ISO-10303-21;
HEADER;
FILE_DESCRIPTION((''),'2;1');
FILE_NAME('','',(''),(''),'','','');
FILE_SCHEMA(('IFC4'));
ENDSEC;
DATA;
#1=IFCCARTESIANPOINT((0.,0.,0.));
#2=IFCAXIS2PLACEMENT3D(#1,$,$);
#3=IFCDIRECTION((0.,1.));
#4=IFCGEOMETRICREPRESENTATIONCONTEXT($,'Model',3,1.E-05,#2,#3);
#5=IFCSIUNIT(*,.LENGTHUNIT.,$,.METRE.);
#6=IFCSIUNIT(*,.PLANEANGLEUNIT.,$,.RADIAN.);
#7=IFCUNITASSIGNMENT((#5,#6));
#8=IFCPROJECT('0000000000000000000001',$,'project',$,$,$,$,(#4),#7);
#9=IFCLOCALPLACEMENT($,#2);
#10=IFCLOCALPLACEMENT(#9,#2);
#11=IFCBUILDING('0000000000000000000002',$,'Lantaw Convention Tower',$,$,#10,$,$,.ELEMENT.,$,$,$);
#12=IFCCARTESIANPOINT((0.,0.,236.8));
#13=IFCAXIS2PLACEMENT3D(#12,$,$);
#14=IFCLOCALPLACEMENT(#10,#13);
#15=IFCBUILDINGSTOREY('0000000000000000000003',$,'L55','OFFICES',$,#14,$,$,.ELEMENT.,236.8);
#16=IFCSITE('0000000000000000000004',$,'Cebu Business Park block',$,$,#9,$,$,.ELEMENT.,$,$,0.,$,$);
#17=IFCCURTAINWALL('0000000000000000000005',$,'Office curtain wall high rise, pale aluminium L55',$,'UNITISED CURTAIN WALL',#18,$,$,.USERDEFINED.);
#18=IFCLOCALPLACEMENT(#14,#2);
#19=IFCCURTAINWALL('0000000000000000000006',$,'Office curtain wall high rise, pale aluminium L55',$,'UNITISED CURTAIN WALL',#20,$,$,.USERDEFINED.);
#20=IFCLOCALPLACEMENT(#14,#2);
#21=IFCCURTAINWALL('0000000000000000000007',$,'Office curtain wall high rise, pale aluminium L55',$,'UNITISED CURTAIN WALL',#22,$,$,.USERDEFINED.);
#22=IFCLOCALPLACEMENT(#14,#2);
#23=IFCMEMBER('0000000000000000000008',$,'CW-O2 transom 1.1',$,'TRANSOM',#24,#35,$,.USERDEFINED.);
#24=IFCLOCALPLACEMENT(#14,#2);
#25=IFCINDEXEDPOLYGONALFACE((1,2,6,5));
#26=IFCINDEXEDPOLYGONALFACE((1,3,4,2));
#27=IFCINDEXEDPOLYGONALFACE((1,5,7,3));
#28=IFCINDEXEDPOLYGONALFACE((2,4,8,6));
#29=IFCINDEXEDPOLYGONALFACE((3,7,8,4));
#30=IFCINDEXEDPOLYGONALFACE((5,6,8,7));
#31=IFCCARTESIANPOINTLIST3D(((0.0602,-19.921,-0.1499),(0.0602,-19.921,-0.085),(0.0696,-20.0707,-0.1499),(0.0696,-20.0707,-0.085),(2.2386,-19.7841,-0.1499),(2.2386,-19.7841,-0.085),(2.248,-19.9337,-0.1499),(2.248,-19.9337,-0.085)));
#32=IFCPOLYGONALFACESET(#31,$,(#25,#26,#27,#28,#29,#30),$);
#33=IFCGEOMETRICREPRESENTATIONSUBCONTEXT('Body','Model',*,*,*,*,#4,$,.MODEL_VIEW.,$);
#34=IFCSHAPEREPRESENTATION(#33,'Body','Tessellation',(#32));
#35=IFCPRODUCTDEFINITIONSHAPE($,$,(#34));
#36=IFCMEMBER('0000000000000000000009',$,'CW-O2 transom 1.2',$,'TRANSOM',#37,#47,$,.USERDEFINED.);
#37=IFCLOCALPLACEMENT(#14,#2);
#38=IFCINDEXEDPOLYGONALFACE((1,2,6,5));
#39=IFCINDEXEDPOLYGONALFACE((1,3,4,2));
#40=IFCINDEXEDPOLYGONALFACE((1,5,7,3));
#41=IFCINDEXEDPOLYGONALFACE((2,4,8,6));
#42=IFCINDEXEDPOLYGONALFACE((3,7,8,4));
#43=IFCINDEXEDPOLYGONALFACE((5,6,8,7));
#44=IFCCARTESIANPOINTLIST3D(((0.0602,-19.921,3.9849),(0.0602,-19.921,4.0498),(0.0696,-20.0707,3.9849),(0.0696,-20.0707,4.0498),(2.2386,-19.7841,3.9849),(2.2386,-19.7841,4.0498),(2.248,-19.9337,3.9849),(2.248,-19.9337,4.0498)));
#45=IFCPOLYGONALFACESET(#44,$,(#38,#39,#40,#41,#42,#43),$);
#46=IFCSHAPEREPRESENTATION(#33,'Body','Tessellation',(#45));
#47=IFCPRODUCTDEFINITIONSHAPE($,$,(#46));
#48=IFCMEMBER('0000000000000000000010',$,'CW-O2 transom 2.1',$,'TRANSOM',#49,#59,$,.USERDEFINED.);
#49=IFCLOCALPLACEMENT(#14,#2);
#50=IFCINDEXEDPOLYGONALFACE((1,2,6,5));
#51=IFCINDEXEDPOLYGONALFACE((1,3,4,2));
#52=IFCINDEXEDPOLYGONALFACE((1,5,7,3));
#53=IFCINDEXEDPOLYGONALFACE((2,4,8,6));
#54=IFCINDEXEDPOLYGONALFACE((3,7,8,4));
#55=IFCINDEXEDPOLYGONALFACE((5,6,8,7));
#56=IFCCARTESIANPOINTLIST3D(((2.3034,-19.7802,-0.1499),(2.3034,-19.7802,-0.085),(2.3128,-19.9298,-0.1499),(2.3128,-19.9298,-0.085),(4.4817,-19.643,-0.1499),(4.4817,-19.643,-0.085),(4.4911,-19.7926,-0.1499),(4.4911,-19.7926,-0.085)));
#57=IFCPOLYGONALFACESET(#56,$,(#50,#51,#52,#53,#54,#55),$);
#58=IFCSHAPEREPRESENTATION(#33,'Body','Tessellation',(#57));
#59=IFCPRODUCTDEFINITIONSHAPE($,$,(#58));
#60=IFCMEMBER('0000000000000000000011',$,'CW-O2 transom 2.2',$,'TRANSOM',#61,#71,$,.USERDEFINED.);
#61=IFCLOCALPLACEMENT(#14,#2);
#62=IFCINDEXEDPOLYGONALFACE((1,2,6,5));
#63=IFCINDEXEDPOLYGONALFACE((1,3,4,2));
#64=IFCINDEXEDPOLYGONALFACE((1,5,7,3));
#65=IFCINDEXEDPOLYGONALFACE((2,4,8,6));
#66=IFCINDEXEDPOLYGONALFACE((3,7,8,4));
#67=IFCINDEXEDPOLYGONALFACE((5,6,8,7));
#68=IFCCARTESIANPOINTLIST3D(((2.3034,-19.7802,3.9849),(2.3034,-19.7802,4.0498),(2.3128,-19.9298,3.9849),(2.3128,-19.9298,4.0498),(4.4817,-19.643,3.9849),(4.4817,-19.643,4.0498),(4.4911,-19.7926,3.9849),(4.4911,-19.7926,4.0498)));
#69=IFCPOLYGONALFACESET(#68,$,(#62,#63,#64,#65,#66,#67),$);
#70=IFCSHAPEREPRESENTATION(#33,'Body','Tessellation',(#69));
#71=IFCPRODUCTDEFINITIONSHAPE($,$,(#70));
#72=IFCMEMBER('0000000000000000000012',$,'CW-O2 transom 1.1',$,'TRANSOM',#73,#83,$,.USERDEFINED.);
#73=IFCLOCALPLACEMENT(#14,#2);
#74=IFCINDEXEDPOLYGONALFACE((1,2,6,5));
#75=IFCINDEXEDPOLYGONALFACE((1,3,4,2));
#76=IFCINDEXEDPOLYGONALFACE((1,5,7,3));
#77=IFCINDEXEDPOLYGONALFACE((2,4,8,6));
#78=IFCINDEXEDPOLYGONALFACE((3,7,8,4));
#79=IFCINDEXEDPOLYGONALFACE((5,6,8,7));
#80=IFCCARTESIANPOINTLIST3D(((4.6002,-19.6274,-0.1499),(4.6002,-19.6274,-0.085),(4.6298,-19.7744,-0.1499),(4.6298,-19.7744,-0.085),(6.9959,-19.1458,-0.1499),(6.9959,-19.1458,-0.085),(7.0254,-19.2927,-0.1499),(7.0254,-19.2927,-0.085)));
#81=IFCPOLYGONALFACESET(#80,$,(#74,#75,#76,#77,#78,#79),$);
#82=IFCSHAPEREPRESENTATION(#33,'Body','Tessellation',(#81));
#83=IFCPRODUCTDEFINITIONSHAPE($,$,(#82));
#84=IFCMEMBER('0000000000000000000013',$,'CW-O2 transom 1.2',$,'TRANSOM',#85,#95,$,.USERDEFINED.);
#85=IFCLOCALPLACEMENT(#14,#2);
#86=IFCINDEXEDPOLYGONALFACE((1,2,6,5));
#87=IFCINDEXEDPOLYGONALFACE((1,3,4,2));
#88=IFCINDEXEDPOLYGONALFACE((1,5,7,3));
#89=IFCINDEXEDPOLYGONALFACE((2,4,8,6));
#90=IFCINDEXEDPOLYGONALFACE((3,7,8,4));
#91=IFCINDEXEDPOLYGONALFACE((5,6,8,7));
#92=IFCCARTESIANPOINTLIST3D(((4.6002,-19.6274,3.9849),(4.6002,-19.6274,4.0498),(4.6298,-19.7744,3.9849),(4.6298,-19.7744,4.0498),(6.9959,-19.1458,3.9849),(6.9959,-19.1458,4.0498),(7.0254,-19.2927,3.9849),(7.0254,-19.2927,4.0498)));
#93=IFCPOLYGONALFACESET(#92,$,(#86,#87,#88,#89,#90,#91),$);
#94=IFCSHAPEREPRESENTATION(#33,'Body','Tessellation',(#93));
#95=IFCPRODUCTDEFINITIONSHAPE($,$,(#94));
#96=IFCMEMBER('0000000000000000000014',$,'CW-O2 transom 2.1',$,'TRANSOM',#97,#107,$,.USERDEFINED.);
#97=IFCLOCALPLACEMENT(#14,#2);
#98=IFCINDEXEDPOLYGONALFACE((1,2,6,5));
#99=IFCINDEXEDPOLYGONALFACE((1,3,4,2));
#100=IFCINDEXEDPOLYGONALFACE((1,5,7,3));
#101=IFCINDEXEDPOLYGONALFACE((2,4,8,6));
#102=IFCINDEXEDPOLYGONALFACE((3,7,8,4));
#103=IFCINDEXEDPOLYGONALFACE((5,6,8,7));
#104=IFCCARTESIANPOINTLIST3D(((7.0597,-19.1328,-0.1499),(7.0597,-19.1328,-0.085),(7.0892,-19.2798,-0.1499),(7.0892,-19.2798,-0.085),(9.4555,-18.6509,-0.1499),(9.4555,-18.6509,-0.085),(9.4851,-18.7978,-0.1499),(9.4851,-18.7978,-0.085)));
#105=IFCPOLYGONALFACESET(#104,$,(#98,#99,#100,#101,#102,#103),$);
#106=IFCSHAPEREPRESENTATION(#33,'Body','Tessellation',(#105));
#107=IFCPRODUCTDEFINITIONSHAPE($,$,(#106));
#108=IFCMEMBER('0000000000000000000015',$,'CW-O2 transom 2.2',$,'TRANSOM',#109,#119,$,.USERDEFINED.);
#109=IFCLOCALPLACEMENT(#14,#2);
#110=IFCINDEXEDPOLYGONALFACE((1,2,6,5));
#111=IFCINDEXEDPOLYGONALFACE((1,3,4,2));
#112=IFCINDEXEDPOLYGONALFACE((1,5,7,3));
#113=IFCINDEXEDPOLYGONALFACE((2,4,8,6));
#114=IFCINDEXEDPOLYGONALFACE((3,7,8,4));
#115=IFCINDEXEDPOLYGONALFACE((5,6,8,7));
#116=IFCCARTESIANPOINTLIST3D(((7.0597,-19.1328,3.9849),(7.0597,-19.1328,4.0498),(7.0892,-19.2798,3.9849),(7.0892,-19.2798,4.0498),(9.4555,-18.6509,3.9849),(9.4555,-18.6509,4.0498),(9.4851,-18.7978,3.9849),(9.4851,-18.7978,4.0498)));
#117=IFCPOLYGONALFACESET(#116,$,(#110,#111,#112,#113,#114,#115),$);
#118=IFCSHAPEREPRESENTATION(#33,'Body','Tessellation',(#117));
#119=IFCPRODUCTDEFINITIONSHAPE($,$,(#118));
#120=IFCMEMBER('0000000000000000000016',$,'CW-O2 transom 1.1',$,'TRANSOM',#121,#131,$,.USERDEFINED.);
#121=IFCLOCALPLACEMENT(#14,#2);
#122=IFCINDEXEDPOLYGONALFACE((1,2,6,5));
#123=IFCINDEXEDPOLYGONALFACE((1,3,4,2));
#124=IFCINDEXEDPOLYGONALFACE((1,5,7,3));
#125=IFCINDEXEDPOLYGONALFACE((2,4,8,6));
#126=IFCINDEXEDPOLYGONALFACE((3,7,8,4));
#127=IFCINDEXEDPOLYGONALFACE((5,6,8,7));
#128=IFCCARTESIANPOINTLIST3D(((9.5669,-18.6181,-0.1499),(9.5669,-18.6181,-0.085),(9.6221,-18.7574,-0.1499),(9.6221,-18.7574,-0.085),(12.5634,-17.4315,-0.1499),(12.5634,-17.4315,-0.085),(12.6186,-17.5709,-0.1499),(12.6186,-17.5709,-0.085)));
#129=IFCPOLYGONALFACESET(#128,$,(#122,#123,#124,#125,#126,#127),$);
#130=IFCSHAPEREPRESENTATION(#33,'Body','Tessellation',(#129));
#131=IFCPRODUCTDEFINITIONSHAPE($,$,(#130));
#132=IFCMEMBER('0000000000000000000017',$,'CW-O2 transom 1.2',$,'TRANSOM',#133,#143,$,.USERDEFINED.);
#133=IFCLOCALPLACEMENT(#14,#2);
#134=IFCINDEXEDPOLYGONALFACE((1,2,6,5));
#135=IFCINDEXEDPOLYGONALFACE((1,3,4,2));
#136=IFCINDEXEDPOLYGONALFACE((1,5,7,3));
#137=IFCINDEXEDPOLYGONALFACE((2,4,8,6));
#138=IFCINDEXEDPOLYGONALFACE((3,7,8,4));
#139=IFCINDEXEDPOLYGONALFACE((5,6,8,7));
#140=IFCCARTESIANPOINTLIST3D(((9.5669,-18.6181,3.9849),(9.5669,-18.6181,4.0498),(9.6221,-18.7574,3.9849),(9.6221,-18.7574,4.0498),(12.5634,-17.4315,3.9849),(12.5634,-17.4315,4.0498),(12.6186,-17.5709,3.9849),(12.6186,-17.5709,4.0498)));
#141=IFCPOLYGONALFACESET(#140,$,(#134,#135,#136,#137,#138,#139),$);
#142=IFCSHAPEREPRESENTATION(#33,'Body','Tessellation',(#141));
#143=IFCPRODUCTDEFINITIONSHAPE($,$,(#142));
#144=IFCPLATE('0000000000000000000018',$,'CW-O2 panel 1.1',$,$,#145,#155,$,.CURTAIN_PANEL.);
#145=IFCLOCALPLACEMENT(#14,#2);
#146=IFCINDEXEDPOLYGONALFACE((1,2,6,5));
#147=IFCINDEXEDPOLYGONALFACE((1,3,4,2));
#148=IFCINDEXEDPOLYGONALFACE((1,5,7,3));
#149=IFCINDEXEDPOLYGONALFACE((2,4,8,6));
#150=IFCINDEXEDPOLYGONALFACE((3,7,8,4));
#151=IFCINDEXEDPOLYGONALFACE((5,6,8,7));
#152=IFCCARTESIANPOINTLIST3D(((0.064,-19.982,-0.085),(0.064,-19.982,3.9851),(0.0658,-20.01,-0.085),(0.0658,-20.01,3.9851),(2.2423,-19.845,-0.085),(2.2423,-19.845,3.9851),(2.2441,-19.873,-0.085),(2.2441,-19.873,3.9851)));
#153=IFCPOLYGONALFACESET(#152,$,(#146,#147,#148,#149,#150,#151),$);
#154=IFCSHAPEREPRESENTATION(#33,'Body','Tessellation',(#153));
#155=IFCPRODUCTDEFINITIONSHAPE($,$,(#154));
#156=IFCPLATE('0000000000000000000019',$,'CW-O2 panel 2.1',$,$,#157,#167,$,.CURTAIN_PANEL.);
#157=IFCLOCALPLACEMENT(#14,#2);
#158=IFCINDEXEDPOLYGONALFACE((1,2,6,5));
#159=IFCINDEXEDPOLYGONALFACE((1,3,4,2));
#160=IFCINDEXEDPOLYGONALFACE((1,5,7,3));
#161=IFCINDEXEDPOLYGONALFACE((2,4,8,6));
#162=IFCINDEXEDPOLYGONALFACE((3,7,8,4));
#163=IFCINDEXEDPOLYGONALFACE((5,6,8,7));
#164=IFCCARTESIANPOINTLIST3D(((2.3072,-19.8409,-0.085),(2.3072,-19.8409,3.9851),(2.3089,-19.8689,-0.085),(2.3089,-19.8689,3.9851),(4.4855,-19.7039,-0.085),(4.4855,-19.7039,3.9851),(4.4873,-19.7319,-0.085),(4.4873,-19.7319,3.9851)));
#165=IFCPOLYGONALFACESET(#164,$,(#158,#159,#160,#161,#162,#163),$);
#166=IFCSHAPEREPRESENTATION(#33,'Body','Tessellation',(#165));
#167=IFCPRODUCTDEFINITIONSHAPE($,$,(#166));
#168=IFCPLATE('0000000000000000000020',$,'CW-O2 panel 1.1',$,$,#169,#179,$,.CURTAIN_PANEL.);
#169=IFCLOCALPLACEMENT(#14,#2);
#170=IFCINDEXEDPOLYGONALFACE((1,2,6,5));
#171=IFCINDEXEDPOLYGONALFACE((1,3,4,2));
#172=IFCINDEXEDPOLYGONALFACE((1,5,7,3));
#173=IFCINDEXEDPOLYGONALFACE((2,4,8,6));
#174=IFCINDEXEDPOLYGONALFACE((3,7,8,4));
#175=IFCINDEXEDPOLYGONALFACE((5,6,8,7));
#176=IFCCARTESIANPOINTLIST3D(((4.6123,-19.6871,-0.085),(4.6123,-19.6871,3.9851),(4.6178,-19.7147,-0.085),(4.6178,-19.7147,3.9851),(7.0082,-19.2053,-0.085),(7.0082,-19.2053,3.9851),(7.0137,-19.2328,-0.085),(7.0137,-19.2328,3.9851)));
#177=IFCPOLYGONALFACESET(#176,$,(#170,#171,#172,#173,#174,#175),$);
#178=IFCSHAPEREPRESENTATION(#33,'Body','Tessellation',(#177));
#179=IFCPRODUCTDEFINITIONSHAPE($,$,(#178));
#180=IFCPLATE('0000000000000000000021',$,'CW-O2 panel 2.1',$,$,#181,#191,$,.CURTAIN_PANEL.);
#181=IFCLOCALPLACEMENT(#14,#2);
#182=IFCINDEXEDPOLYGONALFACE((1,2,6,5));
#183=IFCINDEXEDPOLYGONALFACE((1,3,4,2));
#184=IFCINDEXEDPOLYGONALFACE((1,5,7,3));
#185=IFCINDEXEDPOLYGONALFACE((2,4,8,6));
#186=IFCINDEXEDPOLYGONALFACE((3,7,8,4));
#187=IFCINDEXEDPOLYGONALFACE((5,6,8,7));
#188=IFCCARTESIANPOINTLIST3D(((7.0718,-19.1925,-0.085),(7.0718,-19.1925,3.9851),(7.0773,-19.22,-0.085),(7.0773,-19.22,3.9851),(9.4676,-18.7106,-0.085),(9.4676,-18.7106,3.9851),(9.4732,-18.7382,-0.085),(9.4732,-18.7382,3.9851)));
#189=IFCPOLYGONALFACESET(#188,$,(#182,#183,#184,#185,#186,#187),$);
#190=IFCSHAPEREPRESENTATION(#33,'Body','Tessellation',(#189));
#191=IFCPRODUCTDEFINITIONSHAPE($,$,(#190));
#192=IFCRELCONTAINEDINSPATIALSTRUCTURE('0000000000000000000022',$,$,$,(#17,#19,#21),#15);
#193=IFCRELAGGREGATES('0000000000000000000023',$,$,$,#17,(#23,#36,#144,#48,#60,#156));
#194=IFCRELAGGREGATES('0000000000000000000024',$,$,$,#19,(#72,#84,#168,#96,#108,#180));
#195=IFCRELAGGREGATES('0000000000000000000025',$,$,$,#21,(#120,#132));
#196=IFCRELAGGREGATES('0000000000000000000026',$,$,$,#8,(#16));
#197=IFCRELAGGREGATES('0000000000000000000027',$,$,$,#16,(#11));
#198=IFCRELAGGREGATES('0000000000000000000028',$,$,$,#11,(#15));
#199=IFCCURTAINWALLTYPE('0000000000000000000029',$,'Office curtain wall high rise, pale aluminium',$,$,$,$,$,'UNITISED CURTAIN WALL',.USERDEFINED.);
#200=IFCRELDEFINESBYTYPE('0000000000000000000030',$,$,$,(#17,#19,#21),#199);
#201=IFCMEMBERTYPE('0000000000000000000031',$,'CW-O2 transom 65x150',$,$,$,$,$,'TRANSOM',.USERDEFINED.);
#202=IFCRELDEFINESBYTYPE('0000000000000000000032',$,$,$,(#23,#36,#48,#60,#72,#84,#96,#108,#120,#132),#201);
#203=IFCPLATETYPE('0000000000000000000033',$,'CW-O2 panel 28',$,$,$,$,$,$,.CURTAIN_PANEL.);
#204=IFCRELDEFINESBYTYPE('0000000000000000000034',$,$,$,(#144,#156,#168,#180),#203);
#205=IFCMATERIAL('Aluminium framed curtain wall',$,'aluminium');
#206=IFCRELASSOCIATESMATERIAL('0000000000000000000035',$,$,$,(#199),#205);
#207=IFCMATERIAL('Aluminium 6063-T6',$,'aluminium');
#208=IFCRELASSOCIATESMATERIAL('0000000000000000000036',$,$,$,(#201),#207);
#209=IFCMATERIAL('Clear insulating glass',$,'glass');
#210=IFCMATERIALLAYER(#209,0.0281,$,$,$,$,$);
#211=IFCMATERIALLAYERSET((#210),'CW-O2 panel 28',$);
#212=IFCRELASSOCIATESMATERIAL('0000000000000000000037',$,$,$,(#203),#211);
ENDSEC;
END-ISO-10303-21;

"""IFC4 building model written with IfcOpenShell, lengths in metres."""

from ifc_helpers import new_model, si_unit, direction, frame, origin, origin_2d, place, context, subcontext, project, spatial, rectangle, extrude, material, layer, layer_set, material_profile, profile_set, type_object, element, aggregate, save


model = new_model("IFC4")

# Units and contexts
model_context = context("Model", 3, precision=1e-05, world=origin(), true_north=direction((0.0, 1.0)))
body_context = subcontext(model_context, "Body", "Model", "MODEL_VIEW")
ifc_project = project(units=[si_unit("LENGTHUNIT", "METRE"), si_unit("PLANEANGLEUNIT", "RADIAN")], contexts=[model_context])

# Site, building, storey
site_placement = place(None, origin())
site = spatial("IfcSite", under=ifc_project, at=site_placement, Name="Cebu Business Park block", CompositionType="ELEMENT", RefElevation=0.0)
building_placement = place(site_placement, origin())
building = spatial("IfcBuilding", under=site, at=building_placement, Name="Lantaw Convention Tower", CompositionType="ELEMENT")
storey_placement = place(building_placement, frame((0.0, 0.0, 236.8)))
storey = spatial("IfcBuildingStorey", under=building, at=storey_placement, Name="L55", Description="OFFICES", CompositionType="ELEMENT", Elevation=236.8)

# Curtain walls
ifc_material_1 = material(Name="Aluminium framed curtain wall", Category="aluminium")
curtain_wall_type = type_object("IfcCurtainWallType", Name="Office curtain wall high rise, pale aluminium", ElementType="UNITISED CURTAIN WALL", PredefinedType="USERDEFINED", material=ifc_material_1)
curtain_wall_1_placement = place(storey_placement, origin())
curtain_wall_1 = element("IfcCurtainWall", 1, at=curtain_wall_1_placement, inside=storey, type_object=curtain_wall_type, Name="Office curtain wall high rise, pale aluminium L55", ObjectType="UNITISED CURTAIN WALL", PredefinedType="USERDEFINED")
ifc_material_2 = material(Name="Aluminium 6063-T6", Category="aluminium")
curtain_wall_2_placement = place(storey_placement, origin())
curtain_wall_2 = element("IfcCurtainWall", 2, at=curtain_wall_2_placement, inside=storey, type_object=curtain_wall_type, Name="Office curtain wall high rise, pale aluminium L55", ObjectType="UNITISED CURTAIN WALL", PredefinedType="USERDEFINED")

# Curtain wall
curtain_wall_3_placement = place(storey_placement, origin())
curtain_wall_3 = element("IfcCurtainWall", 3, at=curtain_wall_3_placement, inside=storey, type_object=curtain_wall_type, Name="Office curtain wall high rise, pale aluminium L55", ObjectType="UNITISED CURTAIN WALL", PredefinedType="USERDEFINED")

# Members
ifc_material_profile_1 = material_profile(ifc_material_2, rectangle(XDim=0.1499, YDim=0.0649, at=origin_2d()), Name="CW-O2 transom 65x150")
ifc_profile_set_1 = profile_set([ifc_material_profile_1], Name="Aluminium 6063-T6")
member_type_1 = type_object("IfcMemberType", Name="CW-O2 transom 65x150", ElementType="TRANSOM", PredefinedType="USERDEFINED", material=ifc_profile_set_1)
member_1_placement = place(storey_placement, frame((0.0649, -19.9958, -0.1174), z_axis=(0.998029, 0.062754, 0.0), x_axis=(-0.062754, 0.998029, 0.0)))
member_1 = element("IfcMember", 4, at=member_1_placement, type_object=member_type_1, Name="CW-O2 transom 1.1", ObjectType="TRANSOM", PredefinedType="USERDEFINED", context=body_context, shape_type="SweptSolid", body=[
    extrude(rectangle(XDim=0.1499, YDim=0.0649, at=origin_2d()), origin(), (0.0, 0.0, 1.0), 2.1826),
])
member_2_placement = place(storey_placement, frame((0.0649, -19.9958, 4.0173), z_axis=(0.998029, 0.062754, 0.0), x_axis=(-0.062754, 0.998029, 0.0)))
member_2 = element("IfcMember", 5, at=member_2_placement, type_object=member_type_1, Name="CW-O2 transom 1.2", ObjectType="TRANSOM", PredefinedType="USERDEFINED", context=body_context, shape_type="SweptSolid", body=[
    extrude(rectangle(XDim=0.1499, YDim=0.0649, at=origin_2d()), origin(), (0.0, 0.0, 1.0), 2.1826),
])
member_3_placement = place(storey_placement, frame((2.3081, -19.855, -0.1174), z_axis=(0.998022, 0.062866, 0.0), x_axis=(-0.062866, 0.998022, 0.0)))
member_3 = element("IfcMember", 6, at=member_3_placement, type_object=member_type_1, Name="CW-O2 transom 2.1", ObjectType="TRANSOM", PredefinedType="USERDEFINED", context=body_context, shape_type="SweptSolid", body=[
    extrude(rectangle(XDim=0.1499, YDim=0.0649, at=origin_2d()), origin(), (0.0, 0.0, 1.0), 2.1826),
])
member_4_placement = place(storey_placement, frame((2.3081, -19.855, 4.0173), z_axis=(0.998022, 0.062866, 0.0), x_axis=(-0.062866, 0.998022, 0.0)))
member_4 = element("IfcMember", 7, at=member_4_placement, type_object=member_type_1, Name="CW-O2 transom 2.2", ObjectType="TRANSOM", PredefinedType="USERDEFINED", context=body_context, shape_type="SweptSolid", body=[
    extrude(rectangle(XDim=0.1499, YDim=0.0649, at=origin_2d()), origin(), (0.0, 0.0, 1.0), 2.1826),
])
member_5_placement = place(storey_placement, frame((4.615, -19.7009, -0.1174), z_axis=(0.98038, 0.197115, 0.0), x_axis=(-0.197115, 0.98038, 0.0)))
member_5 = element("IfcMember", 8, at=member_5_placement, type_object=member_type_1, Name="CW-O2 transom 1.1", ObjectType="TRANSOM", PredefinedType="USERDEFINED", context=body_context, shape_type="SweptSolid", body=[
    extrude(rectangle(XDim=0.1499, YDim=0.0649, at=origin_2d()), origin(), (0.0, 0.0, 1.0), 2.4436),
])
member_6_placement = place(storey_placement, frame((4.615, -19.7009, 4.0173), z_axis=(0.98038, 0.197115, 0.0), x_axis=(-0.197115, 0.98038, 0.0)))
member_6 = element("IfcMember", 9, at=member_6_placement, type_object=member_type_1, Name="CW-O2 transom 1.2", ObjectType="TRANSOM", PredefinedType="USERDEFINED", context=body_context, shape_type="SweptSolid", body=[
    extrude(rectangle(XDim=0.1499, YDim=0.0649, at=origin_2d()), origin(), (0.0, 0.0, 1.0), 2.4436),
])
member_7_placement = place(storey_placement, frame((7.0745, -19.2063, -0.1174), z_axis=(0.980361, 0.197211, 0.0), x_axis=(-0.197211, 0.980361, 0.0)))
member_7 = element("IfcMember", 10, at=member_7_placement, type_object=member_type_1, Name="CW-O2 transom 2.1", ObjectType="TRANSOM", PredefinedType="USERDEFINED", context=body_context, shape_type="SweptSolid", body=[
    extrude(rectangle(XDim=0.1499, YDim=0.0649, at=origin_2d()), origin(), (0.0, 0.0, 1.0), 2.4438),
])
member_8_placement = place(storey_placement, frame((7.0745, -19.2063, 4.0173), z_axis=(0.980361, 0.197211, 0.0), x_axis=(-0.197211, 0.980361, 0.0)))
member_8 = element("IfcMember", 11, at=member_8_placement, type_object=member_type_1, Name="CW-O2 transom 2.2", ObjectType="TRANSOM", PredefinedType="USERDEFINED", context=body_context, shape_type="SweptSolid", body=[
    extrude(rectangle(XDim=0.1499, YDim=0.0649, at=origin_2d()), origin(), (0.0, 0.0, 1.0), 2.4438),
])
member_9_placement = place(storey_placement, frame((9.5945, -18.6877, -0.1174), z_axis=(0.929767, 0.368149, 0.0), x_axis=(-0.368149, 0.929767, 0.0)))
member_9 = element("IfcMember", 12, at=member_9_placement, type_object=member_type_1, Name="CW-O2 transom 1.1", ObjectType="TRANSOM", PredefinedType="USERDEFINED", context=body_context, shape_type="SweptSolid", body=[
    extrude(rectangle(XDim=0.1499, YDim=0.0649, at=origin_2d()), origin(), (0.0, 0.0, 1.0), 3.2229),
])
member_10_placement = place(storey_placement, frame((9.5945, -18.6877, 4.0173), z_axis=(0.929767, 0.368149, 0.0), x_axis=(-0.368149, 0.929767, 0.0)))
member_10 = element("IfcMember", 13, at=member_10_placement, type_object=member_type_1, Name="CW-O2 transom 1.2", ObjectType="TRANSOM", PredefinedType="USERDEFINED", context=body_context, shape_type="SweptSolid", body=[
    extrude(rectangle(XDim=0.1499, YDim=0.0649, at=origin_2d()), origin(), (0.0, 0.0, 1.0), 3.2229),
])

# Plates
ifc_material_3 = material(Name="Clear insulating glass", Category="glass")
ifc_layer_1 = layer(ifc_material_3, 0.0281)
ifc_layer_set_1 = layer_set([ifc_layer_1], Name="CW-O2 panel 28")
plate_type_1 = type_object("IfcPlateType", Name="CW-O2 panel 28", PredefinedType="CURTAIN_PANEL", material=ifc_layer_set_1)
plate_1_placement = place(storey_placement, frame((1.1541, -19.9275, -0.085), z_axis=(0.0, 0.0, 1.0), x_axis=(0.998029, 0.062758, 0.0)))
plate_1 = element("IfcPlate", 14, at=plate_1_placement, type_object=plate_type_1, Name="CW-O2 panel 1.1", PredefinedType="CURTAIN_PANEL", context=body_context, shape_type="SweptSolid", body=[
    extrude(rectangle(XDim=2.1826, YDim=0.0281, at=origin_2d()), origin(), (0.0, 0.0, 1.0), 4.0701),
])
plate_2_placement = place(storey_placement, frame((3.3972, -19.7864, -0.085), z_axis=(0.0, 0.0, 1.0), x_axis=(0.998029, 0.062758, 0.0)))
plate_2 = element("IfcPlate", 15, at=plate_2_placement, type_object=plate_type_1, Name="CW-O2 panel 2.1", PredefinedType="CURTAIN_PANEL", context=body_context, shape_type="SweptSolid", body=[
    extrude(rectangle(XDim=2.1826, YDim=0.0281, at=origin_2d()), origin(), (0.0, 0.0, 1.0), 4.0701),
])
aggregate(curtain_wall_1, [member_1, member_2, plate_1, member_3, member_4, plate_2])
plate_3_placement = place(storey_placement, frame((5.813, -19.46, -0.085), z_axis=(0.0, 0.0, 1.0), x_axis=(0.980367, 0.197183, 0.0)))
plate_3 = element("IfcPlate", 16, at=plate_3_placement, type_object=plate_type_1, Name="CW-O2 panel 1.1", PredefinedType="CURTAIN_PANEL", context=body_context, shape_type="SweptSolid", body=[
    extrude(rectangle(XDim=2.4438, YDim=0.0281, at=origin_2d()), origin(), (0.0, 0.0, 1.0), 4.0701),
])
plate_4_placement = place(storey_placement, frame((8.2725, -18.9653, -0.085), z_axis=(0.0, 0.0, 1.0), x_axis=(0.980367, 0.197183, 0.0)))
plate_4 = element("IfcPlate", 17, at=plate_4_placement, type_object=plate_type_1, Name="CW-O2 panel 2.1", PredefinedType="CURTAIN_PANEL", context=body_context, shape_type="SweptSolid", body=[
    extrude(rectangle(XDim=2.4438, YDim=0.0281, at=origin_2d()), origin(), (0.0, 0.0, 1.0), 4.0701),
])
aggregate(curtain_wall_2, [member_5, member_6, plate_3, member_7, member_8, plate_4])
aggregate(curtain_wall_3, [member_9, member_10])

save(model, "model.ifc")
